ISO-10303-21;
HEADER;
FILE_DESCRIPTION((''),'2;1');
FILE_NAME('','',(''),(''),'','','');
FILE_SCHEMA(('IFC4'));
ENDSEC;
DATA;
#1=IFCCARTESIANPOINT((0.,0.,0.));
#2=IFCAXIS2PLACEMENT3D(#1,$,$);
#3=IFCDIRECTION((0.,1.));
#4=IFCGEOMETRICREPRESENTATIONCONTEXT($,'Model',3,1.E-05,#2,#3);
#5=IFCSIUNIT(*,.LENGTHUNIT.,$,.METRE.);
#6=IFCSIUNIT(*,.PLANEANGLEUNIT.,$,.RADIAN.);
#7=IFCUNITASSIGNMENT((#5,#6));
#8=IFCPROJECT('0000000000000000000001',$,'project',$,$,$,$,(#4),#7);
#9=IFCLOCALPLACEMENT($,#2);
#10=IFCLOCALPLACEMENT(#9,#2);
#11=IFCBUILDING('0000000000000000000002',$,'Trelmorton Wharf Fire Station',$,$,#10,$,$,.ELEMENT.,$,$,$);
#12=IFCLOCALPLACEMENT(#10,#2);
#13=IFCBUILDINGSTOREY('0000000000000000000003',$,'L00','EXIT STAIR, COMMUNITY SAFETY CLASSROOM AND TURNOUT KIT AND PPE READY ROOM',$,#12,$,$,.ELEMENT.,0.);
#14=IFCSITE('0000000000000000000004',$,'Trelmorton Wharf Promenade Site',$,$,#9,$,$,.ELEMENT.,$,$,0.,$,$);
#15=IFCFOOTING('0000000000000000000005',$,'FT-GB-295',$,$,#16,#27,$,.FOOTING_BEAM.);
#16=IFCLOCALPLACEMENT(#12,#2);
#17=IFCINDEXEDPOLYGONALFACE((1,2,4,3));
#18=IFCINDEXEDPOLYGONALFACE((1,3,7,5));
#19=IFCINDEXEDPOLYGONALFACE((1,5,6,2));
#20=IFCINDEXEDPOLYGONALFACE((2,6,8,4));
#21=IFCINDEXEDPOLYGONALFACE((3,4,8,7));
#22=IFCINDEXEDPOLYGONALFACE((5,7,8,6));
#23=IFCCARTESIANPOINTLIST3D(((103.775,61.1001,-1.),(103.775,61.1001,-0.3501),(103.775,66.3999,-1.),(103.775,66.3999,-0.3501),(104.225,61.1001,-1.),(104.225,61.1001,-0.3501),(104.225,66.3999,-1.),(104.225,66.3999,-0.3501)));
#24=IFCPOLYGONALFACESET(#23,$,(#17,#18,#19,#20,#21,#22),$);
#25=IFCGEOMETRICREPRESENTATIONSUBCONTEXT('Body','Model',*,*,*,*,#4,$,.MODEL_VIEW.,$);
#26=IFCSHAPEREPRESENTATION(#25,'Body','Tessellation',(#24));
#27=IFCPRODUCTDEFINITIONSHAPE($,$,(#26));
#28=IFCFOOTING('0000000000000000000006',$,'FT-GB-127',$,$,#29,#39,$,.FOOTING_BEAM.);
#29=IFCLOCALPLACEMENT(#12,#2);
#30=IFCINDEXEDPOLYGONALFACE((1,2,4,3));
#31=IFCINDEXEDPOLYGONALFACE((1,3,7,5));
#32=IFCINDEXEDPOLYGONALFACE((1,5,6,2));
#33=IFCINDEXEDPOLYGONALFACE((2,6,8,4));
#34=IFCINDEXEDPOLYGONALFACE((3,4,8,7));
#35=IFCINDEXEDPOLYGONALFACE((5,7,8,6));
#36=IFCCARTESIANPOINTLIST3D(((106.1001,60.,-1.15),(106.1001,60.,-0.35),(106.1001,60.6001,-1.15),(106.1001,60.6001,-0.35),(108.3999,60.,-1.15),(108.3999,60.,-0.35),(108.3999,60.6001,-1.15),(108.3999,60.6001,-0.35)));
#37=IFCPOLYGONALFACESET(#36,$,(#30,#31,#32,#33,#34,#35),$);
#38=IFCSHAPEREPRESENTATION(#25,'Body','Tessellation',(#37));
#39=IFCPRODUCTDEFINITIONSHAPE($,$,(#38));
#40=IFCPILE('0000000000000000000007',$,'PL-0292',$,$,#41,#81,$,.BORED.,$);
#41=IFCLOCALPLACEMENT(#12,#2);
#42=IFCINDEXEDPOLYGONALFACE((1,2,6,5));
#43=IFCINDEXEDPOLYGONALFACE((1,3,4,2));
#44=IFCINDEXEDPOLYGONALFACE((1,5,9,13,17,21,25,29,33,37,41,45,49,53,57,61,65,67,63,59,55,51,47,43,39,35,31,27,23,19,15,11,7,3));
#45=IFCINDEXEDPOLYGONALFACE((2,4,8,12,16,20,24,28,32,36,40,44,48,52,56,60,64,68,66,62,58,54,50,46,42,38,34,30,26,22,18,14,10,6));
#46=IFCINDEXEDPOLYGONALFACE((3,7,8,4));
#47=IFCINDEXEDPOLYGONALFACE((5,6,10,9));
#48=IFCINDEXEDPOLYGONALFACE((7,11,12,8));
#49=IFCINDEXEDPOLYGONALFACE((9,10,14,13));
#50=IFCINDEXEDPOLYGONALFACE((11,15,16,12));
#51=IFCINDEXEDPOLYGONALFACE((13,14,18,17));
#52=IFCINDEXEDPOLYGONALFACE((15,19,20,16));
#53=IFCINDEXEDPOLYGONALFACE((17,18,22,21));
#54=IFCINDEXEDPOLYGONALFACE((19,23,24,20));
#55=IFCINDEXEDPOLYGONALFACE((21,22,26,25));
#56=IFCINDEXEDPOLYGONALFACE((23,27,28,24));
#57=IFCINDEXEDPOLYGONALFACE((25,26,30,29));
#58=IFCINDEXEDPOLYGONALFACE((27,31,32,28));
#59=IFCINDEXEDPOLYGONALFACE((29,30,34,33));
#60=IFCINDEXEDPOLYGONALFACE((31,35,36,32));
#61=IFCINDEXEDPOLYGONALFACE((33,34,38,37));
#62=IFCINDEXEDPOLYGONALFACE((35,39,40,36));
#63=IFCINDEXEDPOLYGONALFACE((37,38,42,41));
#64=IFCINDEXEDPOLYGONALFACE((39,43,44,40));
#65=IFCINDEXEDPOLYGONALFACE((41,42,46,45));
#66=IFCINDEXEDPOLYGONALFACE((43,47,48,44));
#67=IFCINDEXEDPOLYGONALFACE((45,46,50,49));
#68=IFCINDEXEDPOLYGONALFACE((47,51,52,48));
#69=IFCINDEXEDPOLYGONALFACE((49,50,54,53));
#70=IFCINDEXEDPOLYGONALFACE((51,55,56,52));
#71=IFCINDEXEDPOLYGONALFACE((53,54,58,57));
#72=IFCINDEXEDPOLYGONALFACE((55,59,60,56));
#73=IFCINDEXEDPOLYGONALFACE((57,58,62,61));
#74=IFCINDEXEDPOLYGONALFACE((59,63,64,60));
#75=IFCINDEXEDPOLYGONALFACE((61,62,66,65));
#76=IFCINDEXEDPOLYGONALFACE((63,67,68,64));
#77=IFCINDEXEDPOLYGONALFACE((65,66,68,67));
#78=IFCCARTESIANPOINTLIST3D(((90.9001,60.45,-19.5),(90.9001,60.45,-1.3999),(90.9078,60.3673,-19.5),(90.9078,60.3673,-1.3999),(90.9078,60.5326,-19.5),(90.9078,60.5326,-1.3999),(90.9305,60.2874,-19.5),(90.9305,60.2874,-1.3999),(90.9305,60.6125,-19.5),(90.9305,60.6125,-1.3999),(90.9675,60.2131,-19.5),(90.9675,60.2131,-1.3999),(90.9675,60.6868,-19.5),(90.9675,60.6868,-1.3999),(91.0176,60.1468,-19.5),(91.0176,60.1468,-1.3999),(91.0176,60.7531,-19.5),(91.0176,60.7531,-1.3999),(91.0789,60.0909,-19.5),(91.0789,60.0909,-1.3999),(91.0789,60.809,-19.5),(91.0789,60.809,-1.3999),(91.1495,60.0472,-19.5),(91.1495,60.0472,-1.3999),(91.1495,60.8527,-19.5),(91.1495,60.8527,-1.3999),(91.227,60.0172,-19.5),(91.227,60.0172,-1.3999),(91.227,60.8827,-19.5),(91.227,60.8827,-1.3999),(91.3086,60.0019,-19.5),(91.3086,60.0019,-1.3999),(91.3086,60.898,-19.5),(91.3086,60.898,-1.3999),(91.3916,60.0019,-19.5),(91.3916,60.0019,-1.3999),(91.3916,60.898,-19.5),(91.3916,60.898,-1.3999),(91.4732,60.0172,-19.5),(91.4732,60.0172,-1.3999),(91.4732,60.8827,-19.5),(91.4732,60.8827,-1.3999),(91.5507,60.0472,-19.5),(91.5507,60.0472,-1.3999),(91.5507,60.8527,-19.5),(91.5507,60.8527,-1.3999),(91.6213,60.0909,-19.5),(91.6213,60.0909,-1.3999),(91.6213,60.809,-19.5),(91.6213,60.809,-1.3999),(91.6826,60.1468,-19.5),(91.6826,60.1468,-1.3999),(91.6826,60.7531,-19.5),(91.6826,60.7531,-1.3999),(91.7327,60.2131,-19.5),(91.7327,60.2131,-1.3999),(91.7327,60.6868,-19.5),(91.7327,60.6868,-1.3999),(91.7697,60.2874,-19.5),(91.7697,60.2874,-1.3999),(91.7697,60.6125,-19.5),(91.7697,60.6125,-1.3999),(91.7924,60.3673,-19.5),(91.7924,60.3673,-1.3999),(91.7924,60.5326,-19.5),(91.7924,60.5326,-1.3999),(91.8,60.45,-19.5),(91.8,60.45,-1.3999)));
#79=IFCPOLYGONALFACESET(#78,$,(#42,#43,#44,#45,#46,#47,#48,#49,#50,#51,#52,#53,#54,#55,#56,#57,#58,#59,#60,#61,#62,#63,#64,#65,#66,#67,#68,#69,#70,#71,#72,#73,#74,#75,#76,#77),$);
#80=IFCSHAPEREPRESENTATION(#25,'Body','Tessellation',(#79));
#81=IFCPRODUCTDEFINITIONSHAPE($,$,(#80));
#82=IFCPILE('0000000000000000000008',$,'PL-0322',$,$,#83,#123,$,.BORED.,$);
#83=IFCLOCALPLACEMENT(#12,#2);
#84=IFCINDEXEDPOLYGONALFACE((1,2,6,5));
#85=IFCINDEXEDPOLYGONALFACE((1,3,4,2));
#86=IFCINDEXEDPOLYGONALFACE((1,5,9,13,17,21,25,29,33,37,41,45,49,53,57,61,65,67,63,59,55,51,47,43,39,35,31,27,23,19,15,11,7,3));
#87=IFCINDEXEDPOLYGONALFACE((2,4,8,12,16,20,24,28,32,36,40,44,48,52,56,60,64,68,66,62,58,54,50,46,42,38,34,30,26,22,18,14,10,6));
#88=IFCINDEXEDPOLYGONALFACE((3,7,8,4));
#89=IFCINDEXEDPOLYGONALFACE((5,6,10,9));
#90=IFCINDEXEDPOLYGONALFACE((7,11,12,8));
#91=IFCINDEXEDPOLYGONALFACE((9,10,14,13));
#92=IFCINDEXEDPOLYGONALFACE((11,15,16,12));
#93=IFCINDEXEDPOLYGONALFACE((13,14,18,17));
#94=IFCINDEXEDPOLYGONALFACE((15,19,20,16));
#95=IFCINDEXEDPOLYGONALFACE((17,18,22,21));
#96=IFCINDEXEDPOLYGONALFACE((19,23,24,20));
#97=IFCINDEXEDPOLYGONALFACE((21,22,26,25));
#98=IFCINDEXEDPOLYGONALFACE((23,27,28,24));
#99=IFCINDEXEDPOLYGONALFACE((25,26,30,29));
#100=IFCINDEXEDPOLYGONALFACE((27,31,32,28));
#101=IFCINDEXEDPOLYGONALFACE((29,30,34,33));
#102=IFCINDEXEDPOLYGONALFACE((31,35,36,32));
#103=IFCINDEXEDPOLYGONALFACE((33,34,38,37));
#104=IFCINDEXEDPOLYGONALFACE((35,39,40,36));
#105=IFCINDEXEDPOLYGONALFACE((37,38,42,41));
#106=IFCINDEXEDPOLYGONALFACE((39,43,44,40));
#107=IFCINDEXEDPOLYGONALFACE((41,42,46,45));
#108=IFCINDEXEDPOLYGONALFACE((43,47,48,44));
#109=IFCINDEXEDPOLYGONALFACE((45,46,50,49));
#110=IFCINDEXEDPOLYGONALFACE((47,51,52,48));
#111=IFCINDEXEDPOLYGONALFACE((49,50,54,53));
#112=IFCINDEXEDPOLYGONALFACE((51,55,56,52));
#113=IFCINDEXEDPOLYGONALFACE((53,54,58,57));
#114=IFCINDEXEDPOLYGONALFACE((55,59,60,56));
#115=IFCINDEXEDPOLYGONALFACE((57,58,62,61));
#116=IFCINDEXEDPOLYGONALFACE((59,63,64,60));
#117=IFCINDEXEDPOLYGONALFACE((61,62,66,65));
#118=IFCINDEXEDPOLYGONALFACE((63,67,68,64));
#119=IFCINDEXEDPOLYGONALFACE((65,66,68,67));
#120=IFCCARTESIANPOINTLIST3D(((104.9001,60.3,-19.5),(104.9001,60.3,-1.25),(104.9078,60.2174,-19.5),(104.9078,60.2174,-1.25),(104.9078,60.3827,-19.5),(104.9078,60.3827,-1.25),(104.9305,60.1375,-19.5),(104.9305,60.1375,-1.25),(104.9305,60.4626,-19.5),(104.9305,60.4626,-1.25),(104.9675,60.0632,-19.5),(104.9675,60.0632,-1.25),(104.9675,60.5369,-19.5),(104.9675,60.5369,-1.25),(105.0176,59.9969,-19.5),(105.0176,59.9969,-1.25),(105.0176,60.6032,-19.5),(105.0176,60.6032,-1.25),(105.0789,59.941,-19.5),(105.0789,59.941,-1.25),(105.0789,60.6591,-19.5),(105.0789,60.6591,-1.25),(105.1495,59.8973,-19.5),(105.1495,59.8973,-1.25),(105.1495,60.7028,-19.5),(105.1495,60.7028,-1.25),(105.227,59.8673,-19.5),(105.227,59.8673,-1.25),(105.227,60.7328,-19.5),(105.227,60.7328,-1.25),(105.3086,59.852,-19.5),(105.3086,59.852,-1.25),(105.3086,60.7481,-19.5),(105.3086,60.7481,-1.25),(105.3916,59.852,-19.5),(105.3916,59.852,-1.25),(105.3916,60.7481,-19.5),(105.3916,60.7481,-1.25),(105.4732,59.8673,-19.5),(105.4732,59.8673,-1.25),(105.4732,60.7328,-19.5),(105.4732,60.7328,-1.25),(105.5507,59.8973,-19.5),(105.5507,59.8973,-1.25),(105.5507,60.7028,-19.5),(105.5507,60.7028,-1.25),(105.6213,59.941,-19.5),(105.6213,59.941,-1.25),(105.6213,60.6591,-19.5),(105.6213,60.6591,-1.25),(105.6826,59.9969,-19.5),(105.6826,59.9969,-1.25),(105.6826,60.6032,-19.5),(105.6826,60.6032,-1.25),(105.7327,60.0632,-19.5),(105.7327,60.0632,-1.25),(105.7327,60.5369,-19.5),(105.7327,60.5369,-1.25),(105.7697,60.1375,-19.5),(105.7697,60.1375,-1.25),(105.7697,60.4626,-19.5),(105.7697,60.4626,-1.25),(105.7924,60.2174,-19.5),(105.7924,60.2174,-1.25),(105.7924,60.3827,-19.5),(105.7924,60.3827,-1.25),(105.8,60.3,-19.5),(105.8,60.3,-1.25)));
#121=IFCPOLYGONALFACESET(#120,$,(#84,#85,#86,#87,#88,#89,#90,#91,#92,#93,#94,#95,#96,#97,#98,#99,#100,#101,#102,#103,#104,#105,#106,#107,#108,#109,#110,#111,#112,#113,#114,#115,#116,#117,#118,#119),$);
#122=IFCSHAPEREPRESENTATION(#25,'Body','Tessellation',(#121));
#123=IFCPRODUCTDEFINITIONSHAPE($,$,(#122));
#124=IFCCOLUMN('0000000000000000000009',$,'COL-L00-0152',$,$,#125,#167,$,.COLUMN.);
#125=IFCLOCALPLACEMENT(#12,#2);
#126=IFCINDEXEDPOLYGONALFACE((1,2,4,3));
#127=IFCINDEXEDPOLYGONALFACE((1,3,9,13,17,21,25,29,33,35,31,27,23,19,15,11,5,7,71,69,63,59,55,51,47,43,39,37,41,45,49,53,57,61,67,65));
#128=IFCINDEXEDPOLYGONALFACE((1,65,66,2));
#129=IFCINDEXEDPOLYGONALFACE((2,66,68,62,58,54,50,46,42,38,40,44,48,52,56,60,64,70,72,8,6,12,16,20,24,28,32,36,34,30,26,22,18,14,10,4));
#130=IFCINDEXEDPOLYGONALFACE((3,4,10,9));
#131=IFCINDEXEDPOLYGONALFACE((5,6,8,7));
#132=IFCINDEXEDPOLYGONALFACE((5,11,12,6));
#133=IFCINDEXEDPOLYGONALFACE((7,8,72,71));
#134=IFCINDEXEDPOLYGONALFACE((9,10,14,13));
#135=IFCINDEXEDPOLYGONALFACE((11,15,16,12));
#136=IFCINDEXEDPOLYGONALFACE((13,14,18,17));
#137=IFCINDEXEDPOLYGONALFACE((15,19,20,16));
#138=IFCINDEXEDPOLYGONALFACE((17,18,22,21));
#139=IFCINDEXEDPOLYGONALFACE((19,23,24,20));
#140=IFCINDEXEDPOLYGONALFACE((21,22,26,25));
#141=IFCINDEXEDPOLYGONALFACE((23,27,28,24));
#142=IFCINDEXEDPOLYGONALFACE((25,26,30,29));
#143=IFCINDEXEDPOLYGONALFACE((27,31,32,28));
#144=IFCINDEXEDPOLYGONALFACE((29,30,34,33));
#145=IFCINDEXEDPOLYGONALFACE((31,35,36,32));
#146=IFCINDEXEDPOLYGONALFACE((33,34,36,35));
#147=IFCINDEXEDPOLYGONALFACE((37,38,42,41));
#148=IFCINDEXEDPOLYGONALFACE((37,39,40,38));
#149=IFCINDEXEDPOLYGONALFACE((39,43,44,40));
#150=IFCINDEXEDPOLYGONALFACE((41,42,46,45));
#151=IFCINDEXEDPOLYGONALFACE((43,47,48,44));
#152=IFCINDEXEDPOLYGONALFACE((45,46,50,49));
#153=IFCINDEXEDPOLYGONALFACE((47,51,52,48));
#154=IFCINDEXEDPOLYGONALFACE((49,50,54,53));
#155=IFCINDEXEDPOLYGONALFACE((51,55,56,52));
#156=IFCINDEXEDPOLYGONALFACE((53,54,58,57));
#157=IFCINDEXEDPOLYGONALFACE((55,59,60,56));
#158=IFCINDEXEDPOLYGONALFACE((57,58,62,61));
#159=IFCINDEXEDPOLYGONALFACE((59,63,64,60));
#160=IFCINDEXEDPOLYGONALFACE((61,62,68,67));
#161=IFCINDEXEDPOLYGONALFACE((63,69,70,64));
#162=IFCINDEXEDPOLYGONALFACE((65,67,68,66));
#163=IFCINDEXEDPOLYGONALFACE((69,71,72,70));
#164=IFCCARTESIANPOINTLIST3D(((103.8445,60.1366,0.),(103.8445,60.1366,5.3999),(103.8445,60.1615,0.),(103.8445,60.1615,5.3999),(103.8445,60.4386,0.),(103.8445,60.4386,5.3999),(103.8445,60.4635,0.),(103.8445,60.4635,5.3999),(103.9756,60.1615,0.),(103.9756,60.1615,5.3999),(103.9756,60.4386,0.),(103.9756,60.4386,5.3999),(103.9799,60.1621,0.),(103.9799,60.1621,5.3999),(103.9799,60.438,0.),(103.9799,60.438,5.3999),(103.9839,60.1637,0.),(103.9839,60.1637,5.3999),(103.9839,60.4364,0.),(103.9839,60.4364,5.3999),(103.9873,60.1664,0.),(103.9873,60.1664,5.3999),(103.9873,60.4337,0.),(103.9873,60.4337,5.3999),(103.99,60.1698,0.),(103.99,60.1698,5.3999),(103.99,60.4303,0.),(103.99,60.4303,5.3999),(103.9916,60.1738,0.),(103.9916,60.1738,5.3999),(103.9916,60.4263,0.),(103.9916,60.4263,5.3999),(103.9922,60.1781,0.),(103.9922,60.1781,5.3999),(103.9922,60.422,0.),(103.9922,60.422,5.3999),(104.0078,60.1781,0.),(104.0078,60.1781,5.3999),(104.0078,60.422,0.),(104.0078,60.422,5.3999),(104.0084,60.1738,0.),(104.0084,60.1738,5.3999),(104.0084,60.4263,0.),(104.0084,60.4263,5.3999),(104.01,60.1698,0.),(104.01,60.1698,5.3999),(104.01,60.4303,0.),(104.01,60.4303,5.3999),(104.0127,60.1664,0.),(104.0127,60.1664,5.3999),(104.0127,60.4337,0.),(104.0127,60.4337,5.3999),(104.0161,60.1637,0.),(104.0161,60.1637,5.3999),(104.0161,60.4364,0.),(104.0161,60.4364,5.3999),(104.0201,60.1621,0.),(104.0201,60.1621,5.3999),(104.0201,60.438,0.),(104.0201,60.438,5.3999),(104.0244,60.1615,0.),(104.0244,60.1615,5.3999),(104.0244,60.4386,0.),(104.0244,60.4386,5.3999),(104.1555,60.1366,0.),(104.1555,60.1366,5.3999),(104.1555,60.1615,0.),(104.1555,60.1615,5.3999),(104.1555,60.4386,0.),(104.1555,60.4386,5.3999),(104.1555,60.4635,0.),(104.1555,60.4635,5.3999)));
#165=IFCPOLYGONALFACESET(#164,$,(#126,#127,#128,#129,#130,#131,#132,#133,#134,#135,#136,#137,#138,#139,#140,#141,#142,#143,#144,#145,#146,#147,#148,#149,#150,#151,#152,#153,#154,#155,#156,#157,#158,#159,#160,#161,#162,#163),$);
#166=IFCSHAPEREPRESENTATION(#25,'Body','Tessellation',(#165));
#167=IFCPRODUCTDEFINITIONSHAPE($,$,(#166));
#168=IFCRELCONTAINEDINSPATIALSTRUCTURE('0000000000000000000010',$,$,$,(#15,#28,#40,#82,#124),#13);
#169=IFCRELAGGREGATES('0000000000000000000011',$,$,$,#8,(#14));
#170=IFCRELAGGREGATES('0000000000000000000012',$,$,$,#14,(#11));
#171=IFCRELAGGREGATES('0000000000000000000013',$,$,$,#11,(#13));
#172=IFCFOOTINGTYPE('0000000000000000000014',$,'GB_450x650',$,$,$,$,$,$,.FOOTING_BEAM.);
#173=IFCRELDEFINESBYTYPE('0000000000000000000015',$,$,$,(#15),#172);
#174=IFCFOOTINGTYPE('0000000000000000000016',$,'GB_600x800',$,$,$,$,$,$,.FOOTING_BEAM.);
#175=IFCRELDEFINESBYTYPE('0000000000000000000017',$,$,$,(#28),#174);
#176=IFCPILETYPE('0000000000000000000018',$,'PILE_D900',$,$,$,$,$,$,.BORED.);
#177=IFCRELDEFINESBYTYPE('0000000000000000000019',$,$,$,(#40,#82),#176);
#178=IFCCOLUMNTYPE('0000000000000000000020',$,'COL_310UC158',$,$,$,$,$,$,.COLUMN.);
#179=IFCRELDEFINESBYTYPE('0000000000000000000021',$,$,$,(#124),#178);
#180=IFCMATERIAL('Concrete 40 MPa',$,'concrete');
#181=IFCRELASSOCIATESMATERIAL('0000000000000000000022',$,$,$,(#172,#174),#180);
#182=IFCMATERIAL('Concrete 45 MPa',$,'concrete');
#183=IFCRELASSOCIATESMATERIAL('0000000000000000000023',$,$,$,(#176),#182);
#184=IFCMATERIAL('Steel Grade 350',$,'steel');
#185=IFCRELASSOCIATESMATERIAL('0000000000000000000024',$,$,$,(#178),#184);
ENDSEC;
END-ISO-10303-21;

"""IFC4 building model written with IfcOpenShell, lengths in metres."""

from ifc_helpers import new_model, si_unit, direction, frame, origin, origin_2d, place, context, subcontext, project, spatial, rectangle, circle, i_section, extrude, material, material_profile, profile_set, type_object, element, save


model = new_model("IFC4")

# Units and contexts
model_context = context("Model", 3, precision=1e-05, world=origin(), true_north=direction((0.0, 1.0)))
body_context = subcontext(model_context, "Body", "Model", "MODEL_VIEW")
ifc_project = project(units=[si_unit("LENGTHUNIT", "METRE"), si_unit("PLANEANGLEUNIT", "RADIAN")], contexts=[model_context])

# Site, building, storey
site_placement = place(None, origin())
site = spatial("IfcSite", under=ifc_project, at=site_placement, Name="Trelmorton Wharf Promenade Site", CompositionType="ELEMENT", RefElevation=0.0)
building_placement = place(site_placement, origin())
building = spatial("IfcBuilding", under=site, at=building_placement, Name="Trelmorton Wharf Fire Station", CompositionType="ELEMENT")
storey_placement = place(building_placement, origin())
storey = spatial("IfcBuildingStorey", under=building, at=storey_placement, Name="L00", Description="EXIT STAIR, COMMUNITY SAFETY CLASSROOM AND TURNOUT KIT AND PPE READY ROOM", CompositionType="ELEMENT", Elevation=0.0)

# Footings
ifc_material_1 = material(Name="Concrete 40 MPa", Category="concrete")
ifc_material_profile_1 = material_profile(ifc_material_1, rectangle(XDim=0.45, YDim=0.6499, at=origin_2d()), Name="RC450x650")
ifc_profile_set_1 = profile_set([ifc_material_profile_1], Name="Concrete 40 MPa")
footing_type_1 = type_object("IfcFootingType", Name="GB_450x650", PredefinedType="FOOTING_BEAM", material=ifc_profile_set_1)
footing_1_placement = place(storey_placement, frame((104.0, 61.1001, -0.675), z_axis=(0.0, 1.0, 0.0), x_axis=(-1.0, 0.0, 0.0)))
element("IfcFooting", 1, at=footing_1_placement, inside=storey, type_object=footing_type_1, Name="FT-GB-295", PredefinedType="FOOTING_BEAM", context=body_context, shape_type="SweptSolid", body=[
    extrude(rectangle(XDim=0.45, YDim=0.6499, at=origin_2d()), origin(), (0.0, 0.0, 1.0), 5.2998),
])
ifc_material_profile_2 = material_profile(ifc_material_1, rectangle(XDim=0.6001, YDim=0.8, at=origin_2d()), Name="RC600x800")
ifc_profile_set_2 = profile_set([ifc_material_profile_2], Name="Concrete 40 MPa")
footing_type_2 = type_object("IfcFootingType", Name="GB_600x800", PredefinedType="FOOTING_BEAM", material=ifc_profile_set_2)
footing_2_placement = place(storey_placement, frame((106.1001, 60.3, -0.75), z_axis=(1.0, 0.0, 0.0), x_axis=(0.0, 1.0, 0.0)))
element("IfcFooting", 2, at=footing_2_placement, inside=storey, type_object=footing_type_2, Name="FT-GB-127", PredefinedType="FOOTING_BEAM", context=body_context, shape_type="SweptSolid", body=[
    extrude(rectangle(XDim=0.6001, YDim=0.8, at=origin_2d()), origin(), (0.0, 0.0, 1.0), 2.2998),
])

# Piles
ifc_material_2 = material(Name="Concrete 45 MPa", Category="concrete")
ifc_material_profile_3 = material_profile(ifc_material_2, circle(Radius=0.45, at=origin_2d()), Name="PILE-D900")
ifc_profile_set_3 = profile_set([ifc_material_profile_3], Name="Concrete 45 MPa")
pile_type = type_object("IfcPileType", Name="PILE_D900", PredefinedType="BORED", material=ifc_profile_set_3)
pile_1_placement = place(storey_placement, frame((91.3501, 60.45, -1.3999), z_axis=(0.0, 0.0, -1.0), x_axis=(1.0, 0.0, 0.0)))
element("IfcPile", 3, at=pile_1_placement, inside=storey, type_object=pile_type, Name="PL-0292", PredefinedType="BORED", context=body_context, shape_type="SweptSolid", body=[
    extrude(circle(Radius=0.45, at=origin_2d()), origin(), (0.0, 0.0, 1.0), 18.1001),
])
pile_2_placement = place(storey_placement, frame((105.3501, 60.3, -1.25), z_axis=(0.0, 0.0, -1.0), x_axis=(1.0, 0.0, 0.0)))
element("IfcPile", 4, at=pile_2_placement, inside=storey, type_object=pile_type, Name="PL-0322", PredefinedType="BORED", context=body_context, shape_type="SweptSolid", body=[
    extrude(circle(Radius=0.45, at=origin_2d()), origin(), (0.0, 0.0, 1.0), 18.25),
])

# Column
ifc_material_3 = material(Name="Steel Grade 350", Category="steel")
ifc_material_profile_4 = material_profile(ifc_material_3, i_section(OverallWidth=0.311, OverallDepth=0.3269, WebThickness=0.0156, FlangeThickness=0.0249, FilletRadius=0.0166, at=origin_2d()), Name="310UC158")
ifc_profile_set_4 = profile_set([ifc_material_profile_4], Name="Steel Grade 350")
column_type = type_object("IfcColumnType", Name="COL_310UC158", PredefinedType="COLUMN", material=ifc_profile_set_4)
column_placement = place(storey_placement, frame((104.0, 60.3, 0.0), z_axis=(0.0, 0.0, 1.0), x_axis=(1.0, 0.0, 0.0)))
element("IfcColumn", 5, at=column_placement, inside=storey, type_object=column_type, Name="COL-L00-0152", PredefinedType="COLUMN", context=body_context, shape_type="SweptSolid", body=[
    extrude(i_section(OverallWidth=0.311, OverallDepth=0.3269, WebThickness=0.0156, FlangeThickness=0.0249, FilletRadius=0.0166, at=origin_2d()), origin(), (0.0, 0.0, 1.0), 5.3999),
])

save(model, "model.ifc")
